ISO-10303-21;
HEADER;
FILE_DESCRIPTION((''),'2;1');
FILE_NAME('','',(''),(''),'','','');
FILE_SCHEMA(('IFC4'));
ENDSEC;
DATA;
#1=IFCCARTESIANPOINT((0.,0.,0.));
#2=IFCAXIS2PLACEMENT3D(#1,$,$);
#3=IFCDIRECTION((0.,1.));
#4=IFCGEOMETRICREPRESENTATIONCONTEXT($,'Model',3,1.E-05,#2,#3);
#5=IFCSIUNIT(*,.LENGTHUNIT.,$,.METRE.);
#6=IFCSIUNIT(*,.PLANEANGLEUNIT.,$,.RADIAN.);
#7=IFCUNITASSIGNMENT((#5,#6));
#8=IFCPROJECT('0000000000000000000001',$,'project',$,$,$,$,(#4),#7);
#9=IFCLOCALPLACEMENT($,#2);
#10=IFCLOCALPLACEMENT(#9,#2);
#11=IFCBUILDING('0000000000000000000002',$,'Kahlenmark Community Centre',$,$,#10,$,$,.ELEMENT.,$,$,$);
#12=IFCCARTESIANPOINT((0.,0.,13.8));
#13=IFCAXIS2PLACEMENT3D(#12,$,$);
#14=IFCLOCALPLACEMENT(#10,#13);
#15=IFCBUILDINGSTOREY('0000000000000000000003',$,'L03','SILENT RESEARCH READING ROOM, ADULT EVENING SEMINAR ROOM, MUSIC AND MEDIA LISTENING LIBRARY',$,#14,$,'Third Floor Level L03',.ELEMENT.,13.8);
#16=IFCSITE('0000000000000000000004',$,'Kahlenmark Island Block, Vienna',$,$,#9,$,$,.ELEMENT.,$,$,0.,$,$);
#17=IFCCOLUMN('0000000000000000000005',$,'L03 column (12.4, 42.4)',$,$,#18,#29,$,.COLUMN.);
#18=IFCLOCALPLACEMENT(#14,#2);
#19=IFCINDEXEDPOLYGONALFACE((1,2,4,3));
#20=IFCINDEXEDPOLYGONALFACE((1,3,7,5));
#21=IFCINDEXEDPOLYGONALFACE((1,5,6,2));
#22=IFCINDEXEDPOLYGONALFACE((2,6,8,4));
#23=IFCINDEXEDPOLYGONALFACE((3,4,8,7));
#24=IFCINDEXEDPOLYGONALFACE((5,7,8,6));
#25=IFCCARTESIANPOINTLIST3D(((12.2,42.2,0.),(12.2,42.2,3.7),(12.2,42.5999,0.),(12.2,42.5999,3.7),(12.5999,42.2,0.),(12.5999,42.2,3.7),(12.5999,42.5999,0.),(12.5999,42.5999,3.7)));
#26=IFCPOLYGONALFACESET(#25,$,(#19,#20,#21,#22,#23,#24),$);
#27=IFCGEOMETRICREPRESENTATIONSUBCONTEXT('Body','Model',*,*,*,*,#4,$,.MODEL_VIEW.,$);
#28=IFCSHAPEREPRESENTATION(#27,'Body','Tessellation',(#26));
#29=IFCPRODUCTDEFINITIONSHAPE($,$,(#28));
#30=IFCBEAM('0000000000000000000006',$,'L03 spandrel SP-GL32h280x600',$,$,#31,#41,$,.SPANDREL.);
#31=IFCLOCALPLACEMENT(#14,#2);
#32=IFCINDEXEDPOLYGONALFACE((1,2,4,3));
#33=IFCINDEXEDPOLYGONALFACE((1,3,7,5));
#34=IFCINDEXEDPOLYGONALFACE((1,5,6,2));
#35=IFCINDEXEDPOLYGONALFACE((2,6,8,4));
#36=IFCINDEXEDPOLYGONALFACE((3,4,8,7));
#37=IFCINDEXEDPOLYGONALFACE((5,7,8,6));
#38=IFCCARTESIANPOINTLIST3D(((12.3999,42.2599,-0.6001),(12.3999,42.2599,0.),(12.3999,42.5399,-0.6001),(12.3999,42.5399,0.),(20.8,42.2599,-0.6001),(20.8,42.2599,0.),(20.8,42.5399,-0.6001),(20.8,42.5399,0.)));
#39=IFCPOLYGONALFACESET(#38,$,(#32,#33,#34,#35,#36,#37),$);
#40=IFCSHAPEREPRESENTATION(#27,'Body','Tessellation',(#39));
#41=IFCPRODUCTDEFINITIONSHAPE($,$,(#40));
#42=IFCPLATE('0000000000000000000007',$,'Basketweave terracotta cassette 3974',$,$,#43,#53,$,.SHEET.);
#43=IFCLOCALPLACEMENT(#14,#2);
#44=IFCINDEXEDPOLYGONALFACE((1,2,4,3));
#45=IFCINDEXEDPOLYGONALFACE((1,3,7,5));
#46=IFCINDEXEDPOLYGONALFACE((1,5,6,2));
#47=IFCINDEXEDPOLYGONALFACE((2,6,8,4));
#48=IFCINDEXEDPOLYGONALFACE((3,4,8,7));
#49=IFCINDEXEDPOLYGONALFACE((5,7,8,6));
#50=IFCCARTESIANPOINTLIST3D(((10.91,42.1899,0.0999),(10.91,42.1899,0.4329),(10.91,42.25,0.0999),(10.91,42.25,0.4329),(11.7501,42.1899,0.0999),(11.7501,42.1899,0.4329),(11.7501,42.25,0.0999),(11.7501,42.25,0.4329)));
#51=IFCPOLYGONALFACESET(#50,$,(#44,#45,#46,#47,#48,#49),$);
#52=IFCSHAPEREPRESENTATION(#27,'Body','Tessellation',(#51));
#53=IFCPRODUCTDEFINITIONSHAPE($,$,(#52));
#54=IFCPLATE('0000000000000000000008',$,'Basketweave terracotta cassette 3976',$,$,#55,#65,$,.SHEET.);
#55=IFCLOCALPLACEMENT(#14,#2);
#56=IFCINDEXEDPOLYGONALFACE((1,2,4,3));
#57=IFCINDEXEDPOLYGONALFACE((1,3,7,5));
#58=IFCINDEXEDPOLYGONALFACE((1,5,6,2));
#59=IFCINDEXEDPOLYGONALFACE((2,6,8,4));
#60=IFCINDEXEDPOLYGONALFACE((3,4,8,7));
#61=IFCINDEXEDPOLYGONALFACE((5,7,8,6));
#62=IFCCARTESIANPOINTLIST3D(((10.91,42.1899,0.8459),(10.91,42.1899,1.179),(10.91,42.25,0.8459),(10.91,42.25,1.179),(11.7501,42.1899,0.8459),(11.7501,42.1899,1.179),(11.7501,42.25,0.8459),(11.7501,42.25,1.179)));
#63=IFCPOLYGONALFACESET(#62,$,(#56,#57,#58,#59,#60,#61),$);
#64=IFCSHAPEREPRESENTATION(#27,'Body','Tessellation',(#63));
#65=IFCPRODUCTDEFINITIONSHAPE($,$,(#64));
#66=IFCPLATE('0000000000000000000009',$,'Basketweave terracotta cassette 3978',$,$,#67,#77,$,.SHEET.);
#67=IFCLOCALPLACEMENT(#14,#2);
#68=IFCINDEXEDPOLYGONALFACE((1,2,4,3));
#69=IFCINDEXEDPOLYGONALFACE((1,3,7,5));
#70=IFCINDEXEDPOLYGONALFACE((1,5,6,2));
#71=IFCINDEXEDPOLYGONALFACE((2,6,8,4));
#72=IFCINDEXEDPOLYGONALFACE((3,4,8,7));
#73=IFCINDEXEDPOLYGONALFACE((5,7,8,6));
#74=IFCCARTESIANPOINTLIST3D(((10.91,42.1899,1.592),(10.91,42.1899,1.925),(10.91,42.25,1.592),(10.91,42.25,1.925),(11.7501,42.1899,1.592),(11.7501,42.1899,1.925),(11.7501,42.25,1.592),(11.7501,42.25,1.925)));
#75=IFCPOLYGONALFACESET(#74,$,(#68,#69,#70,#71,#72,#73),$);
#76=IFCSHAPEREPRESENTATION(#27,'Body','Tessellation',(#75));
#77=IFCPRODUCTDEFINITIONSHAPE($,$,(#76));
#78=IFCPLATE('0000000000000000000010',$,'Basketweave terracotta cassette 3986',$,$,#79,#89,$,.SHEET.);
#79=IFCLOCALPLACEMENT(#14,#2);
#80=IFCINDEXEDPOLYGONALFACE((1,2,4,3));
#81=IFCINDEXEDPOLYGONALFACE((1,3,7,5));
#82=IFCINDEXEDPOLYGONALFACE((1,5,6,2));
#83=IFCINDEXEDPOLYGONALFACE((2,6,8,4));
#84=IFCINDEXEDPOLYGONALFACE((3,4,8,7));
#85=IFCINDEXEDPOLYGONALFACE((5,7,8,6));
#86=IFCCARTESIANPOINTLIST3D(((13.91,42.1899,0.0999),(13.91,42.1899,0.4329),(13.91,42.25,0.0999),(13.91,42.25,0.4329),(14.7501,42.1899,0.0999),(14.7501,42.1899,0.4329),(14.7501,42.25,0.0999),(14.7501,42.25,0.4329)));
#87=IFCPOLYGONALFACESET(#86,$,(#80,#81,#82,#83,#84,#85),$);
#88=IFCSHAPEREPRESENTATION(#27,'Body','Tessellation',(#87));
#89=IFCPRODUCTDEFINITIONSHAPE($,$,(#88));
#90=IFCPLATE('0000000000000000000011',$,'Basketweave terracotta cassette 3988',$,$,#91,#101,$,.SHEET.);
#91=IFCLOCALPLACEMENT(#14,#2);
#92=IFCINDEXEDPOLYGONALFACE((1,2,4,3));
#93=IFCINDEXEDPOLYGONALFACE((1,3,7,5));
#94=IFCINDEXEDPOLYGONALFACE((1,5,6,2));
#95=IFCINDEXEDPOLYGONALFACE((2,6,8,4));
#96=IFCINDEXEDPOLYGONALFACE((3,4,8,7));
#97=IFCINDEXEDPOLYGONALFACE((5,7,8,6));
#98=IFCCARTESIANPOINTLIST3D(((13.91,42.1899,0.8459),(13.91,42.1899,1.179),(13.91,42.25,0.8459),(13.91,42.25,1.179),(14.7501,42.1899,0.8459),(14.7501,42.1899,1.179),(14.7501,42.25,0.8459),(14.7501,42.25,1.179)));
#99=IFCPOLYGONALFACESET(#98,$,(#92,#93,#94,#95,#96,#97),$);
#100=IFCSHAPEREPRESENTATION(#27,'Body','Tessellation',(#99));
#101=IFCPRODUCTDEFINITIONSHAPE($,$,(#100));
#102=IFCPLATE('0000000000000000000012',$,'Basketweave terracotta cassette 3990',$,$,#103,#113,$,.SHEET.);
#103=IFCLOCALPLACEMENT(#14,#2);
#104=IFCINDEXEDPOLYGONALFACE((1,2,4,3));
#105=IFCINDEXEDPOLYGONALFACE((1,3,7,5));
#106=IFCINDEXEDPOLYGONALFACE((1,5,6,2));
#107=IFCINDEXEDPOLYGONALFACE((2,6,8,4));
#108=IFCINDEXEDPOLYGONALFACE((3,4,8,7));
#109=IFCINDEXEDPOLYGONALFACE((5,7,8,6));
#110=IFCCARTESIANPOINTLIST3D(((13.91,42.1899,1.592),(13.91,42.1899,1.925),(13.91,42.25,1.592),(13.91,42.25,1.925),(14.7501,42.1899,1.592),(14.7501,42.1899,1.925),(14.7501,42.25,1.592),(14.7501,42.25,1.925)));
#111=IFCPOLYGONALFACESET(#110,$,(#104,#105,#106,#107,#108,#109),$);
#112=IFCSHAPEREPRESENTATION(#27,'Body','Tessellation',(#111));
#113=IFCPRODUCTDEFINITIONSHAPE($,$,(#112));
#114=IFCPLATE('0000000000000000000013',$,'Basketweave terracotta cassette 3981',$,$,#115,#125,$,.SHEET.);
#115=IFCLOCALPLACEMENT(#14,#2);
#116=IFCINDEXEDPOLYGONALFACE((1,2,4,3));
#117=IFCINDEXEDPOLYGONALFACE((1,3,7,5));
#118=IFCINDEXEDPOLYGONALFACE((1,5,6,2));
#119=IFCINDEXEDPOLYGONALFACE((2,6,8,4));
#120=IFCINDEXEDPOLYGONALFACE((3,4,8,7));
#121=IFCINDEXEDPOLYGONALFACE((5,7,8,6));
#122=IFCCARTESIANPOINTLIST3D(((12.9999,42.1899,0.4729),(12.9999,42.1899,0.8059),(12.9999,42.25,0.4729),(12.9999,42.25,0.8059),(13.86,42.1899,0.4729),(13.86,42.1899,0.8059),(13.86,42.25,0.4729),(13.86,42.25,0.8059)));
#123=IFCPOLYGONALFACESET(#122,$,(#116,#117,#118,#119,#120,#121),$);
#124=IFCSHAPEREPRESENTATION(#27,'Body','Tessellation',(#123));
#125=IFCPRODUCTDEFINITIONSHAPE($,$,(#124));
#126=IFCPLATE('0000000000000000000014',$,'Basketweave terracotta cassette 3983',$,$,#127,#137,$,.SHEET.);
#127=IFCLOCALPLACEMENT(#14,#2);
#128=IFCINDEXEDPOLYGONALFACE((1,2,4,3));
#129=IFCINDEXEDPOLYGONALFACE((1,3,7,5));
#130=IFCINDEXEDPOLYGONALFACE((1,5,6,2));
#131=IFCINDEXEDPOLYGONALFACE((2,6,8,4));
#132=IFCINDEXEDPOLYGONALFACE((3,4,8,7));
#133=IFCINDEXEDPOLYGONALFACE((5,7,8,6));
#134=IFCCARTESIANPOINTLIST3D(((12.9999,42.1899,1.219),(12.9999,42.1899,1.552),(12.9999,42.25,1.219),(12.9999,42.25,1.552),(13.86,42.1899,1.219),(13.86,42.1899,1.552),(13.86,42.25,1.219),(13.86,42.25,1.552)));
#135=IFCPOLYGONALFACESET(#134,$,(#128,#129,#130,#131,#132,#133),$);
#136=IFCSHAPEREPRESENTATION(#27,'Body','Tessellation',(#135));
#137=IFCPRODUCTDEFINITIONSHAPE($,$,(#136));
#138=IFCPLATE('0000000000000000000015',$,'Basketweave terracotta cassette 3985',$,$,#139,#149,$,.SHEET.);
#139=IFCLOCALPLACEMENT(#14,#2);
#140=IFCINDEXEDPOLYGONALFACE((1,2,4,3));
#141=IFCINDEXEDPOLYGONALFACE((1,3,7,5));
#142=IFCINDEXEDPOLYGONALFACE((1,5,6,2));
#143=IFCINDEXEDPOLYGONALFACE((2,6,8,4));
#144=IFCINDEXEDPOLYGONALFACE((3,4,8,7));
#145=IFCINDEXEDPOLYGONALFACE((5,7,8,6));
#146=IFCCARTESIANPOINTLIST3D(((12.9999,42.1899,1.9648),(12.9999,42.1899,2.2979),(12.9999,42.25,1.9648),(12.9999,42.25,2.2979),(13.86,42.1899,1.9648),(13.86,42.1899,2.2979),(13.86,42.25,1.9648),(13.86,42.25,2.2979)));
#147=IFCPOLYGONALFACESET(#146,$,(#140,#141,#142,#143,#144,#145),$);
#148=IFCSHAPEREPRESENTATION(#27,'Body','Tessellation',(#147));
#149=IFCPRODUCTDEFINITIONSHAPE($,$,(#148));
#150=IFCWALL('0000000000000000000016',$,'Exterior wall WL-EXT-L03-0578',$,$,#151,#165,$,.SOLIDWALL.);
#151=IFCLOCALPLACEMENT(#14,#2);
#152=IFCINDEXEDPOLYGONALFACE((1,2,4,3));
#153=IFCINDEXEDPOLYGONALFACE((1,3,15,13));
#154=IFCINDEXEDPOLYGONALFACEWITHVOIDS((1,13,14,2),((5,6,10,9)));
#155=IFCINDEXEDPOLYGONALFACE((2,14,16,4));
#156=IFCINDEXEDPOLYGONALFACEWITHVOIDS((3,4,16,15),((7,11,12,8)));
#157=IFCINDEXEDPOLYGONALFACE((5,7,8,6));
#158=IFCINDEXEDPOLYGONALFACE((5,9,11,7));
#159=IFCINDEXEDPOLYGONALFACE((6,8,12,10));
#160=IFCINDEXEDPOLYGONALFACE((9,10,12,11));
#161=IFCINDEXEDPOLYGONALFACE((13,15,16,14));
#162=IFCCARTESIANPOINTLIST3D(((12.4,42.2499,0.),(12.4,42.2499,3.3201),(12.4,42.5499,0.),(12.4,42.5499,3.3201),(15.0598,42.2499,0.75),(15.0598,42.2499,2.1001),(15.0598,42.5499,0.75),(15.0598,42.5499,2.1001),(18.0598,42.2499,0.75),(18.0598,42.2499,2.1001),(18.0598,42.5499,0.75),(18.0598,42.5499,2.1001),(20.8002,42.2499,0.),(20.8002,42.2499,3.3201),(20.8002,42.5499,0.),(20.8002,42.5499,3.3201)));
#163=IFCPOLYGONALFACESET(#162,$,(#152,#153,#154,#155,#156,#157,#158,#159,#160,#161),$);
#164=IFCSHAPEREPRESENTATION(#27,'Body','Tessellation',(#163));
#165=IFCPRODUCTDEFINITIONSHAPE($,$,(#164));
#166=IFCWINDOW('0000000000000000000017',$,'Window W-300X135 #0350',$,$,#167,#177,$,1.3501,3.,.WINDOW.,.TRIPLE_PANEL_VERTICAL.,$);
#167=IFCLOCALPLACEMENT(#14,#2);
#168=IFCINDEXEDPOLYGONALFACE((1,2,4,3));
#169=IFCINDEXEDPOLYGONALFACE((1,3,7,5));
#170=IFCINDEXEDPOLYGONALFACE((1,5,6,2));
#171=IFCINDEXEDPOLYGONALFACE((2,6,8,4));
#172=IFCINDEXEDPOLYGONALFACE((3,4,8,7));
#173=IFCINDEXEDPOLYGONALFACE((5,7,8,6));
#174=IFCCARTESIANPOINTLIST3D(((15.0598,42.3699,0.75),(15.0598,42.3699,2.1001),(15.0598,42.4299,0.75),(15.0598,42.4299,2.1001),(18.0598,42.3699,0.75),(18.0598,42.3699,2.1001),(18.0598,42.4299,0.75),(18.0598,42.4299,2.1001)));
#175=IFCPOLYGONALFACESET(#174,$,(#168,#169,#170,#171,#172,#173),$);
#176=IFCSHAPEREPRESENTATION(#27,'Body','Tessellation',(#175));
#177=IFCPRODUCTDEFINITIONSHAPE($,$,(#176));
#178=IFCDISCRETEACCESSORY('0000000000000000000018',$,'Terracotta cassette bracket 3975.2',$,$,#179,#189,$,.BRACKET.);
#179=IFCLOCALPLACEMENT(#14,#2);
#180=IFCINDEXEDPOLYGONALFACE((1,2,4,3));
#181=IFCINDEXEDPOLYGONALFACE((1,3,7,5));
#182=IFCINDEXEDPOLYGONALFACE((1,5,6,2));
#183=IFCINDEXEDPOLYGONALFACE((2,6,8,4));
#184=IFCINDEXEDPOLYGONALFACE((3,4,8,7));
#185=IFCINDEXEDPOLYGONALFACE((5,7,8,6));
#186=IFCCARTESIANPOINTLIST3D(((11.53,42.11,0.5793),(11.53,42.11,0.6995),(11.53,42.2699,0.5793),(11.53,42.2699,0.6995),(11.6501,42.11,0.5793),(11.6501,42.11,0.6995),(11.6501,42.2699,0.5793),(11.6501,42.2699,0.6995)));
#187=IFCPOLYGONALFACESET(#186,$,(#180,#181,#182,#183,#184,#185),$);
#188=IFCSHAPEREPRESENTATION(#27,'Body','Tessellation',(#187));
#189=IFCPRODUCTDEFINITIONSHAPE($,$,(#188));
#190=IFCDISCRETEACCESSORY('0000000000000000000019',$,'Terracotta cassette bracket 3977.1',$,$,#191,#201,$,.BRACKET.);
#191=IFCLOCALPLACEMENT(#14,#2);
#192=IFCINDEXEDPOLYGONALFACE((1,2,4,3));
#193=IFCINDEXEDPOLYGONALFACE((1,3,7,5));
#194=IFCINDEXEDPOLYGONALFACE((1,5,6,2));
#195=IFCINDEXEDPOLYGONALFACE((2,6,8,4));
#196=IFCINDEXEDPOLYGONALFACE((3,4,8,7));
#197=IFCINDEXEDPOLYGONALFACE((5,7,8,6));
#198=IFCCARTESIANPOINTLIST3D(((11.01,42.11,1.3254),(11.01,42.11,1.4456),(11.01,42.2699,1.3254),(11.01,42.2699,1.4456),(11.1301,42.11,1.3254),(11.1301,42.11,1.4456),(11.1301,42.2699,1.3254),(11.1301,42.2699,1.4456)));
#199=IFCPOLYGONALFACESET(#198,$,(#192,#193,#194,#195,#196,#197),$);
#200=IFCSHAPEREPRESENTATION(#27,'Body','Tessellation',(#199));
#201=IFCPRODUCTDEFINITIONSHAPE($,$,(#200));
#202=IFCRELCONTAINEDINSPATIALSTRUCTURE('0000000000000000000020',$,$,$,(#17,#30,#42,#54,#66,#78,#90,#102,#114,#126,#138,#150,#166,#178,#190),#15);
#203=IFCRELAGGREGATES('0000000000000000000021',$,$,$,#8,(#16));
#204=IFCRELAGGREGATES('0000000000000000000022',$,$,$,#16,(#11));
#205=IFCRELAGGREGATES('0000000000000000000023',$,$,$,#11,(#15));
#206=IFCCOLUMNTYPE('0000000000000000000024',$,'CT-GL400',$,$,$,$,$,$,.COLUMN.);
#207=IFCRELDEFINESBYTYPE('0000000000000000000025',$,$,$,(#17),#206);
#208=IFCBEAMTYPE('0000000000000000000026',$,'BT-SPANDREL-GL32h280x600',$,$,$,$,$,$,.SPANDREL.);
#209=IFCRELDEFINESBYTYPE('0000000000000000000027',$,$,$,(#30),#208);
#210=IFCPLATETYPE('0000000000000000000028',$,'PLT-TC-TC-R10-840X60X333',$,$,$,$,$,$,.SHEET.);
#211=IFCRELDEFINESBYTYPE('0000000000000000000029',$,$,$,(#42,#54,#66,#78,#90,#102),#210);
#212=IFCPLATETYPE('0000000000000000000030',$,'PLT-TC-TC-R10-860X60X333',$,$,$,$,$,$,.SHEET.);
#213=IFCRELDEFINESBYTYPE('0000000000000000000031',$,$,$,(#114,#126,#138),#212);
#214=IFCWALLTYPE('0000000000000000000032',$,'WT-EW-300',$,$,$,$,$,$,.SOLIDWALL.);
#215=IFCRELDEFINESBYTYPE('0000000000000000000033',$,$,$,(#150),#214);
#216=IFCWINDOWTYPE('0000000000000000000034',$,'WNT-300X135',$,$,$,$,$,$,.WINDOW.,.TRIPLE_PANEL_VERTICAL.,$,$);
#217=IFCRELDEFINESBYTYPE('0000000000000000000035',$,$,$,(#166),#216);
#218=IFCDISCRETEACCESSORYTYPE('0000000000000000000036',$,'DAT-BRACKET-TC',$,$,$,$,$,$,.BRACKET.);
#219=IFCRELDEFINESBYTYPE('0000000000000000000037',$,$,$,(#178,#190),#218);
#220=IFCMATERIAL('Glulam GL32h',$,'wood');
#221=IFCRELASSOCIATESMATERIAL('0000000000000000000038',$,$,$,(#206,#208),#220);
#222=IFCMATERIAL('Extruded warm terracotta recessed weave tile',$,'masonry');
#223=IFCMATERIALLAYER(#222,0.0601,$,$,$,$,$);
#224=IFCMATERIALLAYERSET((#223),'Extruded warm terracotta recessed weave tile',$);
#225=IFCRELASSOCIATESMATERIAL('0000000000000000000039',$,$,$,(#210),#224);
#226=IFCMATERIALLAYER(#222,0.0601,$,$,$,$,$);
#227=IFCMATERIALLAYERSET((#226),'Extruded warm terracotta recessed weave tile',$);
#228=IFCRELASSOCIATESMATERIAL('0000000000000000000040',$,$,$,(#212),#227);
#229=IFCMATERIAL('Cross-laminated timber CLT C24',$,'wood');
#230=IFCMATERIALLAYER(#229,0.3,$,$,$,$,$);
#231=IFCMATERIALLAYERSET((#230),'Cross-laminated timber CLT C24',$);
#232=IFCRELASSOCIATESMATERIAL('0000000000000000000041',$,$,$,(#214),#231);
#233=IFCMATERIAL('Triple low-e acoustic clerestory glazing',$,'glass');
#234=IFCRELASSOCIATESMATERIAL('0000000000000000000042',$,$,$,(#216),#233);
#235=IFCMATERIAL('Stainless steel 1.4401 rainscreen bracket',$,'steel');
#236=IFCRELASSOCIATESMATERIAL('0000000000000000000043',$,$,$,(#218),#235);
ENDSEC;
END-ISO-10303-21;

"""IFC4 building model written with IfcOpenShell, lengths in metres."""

from ifc_helpers import new_model, si_unit, direction, frame, frame_2d, origin, origin_2d, place, context, subcontext, project, spatial, rectangle, extrude, material, layer, layer_set, material_profile, profile_set, type_object, element, fill, save


model = new_model("IFC4")

# Units and contexts
model_context = context("Model", 3, precision=1e-05, world=origin(), true_north=direction((0.0, 1.0)))
body_context = subcontext(model_context, "Body", "Model", "MODEL_VIEW")
ifc_project = project(units=[si_unit("LENGTHUNIT", "METRE"), si_unit("PLANEANGLEUNIT", "RADIAN")], contexts=[model_context])

# Site, building, storey
site_placement = place(None, origin())
site = spatial("IfcSite", under=ifc_project, at=site_placement, Name="Kahlenmark Island Block, Vienna", CompositionType="ELEMENT", RefElevation=0.0)
building_placement = place(site_placement, origin())
building = spatial("IfcBuilding", under=site, at=building_placement, Name="Kahlenmark Community Centre", CompositionType="ELEMENT")
storey_placement = place(building_placement, frame((0.0, 0.0, 13.8)))
storey = spatial("IfcBuildingStorey", under=building, at=storey_placement, Name="L03", Description="SILENT RESEARCH READING ROOM, ADULT EVENING SEMINAR ROOM, MUSIC AND MEDIA LISTENING LIBRARY", LongName="Third Floor Level L03", CompositionType="ELEMENT", Elevation=13.8)

# Column
ifc_material_1 = material(Name="Glulam GL32h", Category="wood")
ifc_material_profile_1 = material_profile(ifc_material_1, rectangle(XDim=0.3999, YDim=0.3999, at=origin_2d()), Name="GL32h 400x400")
ifc_profile_set_1 = profile_set([ifc_material_profile_1], Name="Glulam GL32h")
column_type = type_object("IfcColumnType", Name="CT-GL400", PredefinedType="COLUMN", material=ifc_profile_set_1)
column_placement = place(storey_placement, frame((12.3999, 42.3999, 0.0), z_axis=(0.0, 0.0, 1.0), x_axis=(1.0, 0.0, 0.0)))
element("IfcColumn", 1, at=column_placement, inside=storey, type_object=column_type, Name="L03 column (12.4, 42.4)", PredefinedType="COLUMN", context=body_context, shape_type="SweptSolid", body=[
    extrude(rectangle(XDim=0.3999, YDim=0.3999, at=origin_2d()), origin(), (0.0, 0.0, 1.0), 3.7),
])

# Beam
ifc_material_profile_2 = material_profile(ifc_material_1, rectangle(XDim=0.28, YDim=0.6001, at=origin_2d()), Name="GL32h 280x600")
ifc_profile_set_2 = profile_set([ifc_material_profile_2], Name="Glulam GL32h")
beam_type = type_object("IfcBeamType", Name="BT-SPANDREL-GL32h280x600", PredefinedType="SPANDREL", material=ifc_profile_set_2)
beam_placement = place(storey_placement, frame((12.3999, 42.3999, -0.3), z_axis=(1.0, 0.0, 0.0), x_axis=(0.0, 1.0, 0.0)))
element("IfcBeam", 2, at=beam_placement, inside=storey, type_object=beam_type, Name="L03 spandrel SP-GL32h280x600", PredefinedType="SPANDREL", context=body_context, shape_type="SweptSolid", body=[
    extrude(rectangle(XDim=0.28, YDim=0.6001, at=origin_2d()), origin(), (0.0, 0.0, 1.0), 8.4001),
])

# Plates
ifc_material_2 = material(Name="Extruded warm terracotta recessed weave tile", Category="masonry")
ifc_layer_1 = layer(ifc_material_2, 0.0601)
ifc_layer_set_1 = layer_set([ifc_layer_1], Name="Extruded warm terracotta recessed weave tile")
plate_type_1 = type_object("IfcPlateType", Name="PLT-TC-TC-R10-840X60X333", PredefinedType="SHEET", material=ifc_layer_set_1)
for number, where, z_axis, x_axis, name in (
    (3, (11.3301, 42.22, 0.0999), (0.0, 0.0, 1.0), (1.0, 0.0, 0.0), "Basketweave terracotta cassette 3974"),
    (4, (11.3301, 42.22, 0.8459), (0.0, 0.0, 1.0), (1.0, 0.0, 0.0), "Basketweave terracotta cassette 3976"),
    (5, (11.3301, 42.22, 1.592), (0.0, 0.0, 1.0), (1.0, 0.0, 0.0), "Basketweave terracotta cassette 3978"),
    (6, (14.3301, 42.22, 0.0999), (0.0, 0.0, 1.0), (1.0, 0.0, 0.0), "Basketweave terracotta cassette 3986"),
    (7, (14.3301, 42.22, 0.8459), (0.0, 0.0, 1.0), (1.0, 0.0, 0.0), "Basketweave terracotta cassette 3988"),
    (8, (14.3301, 42.22, 1.592), (0.0, 0.0, 1.0), (1.0, 0.0, 0.0), "Basketweave terracotta cassette 3990"),
):
    element("IfcPlate", number, at=place(storey_placement, frame(where, z_axis=z_axis, x_axis=x_axis)), inside=storey, type_object=plate_type_1, Name=name, PredefinedType="SHEET", context=body_context, shape_type="SweptSolid", body=[
        extrude(rectangle(XDim=0.8401, YDim=0.0601, at=origin_2d()), origin(), (0.0, 0.0, 1.0), 0.333),
    ])
ifc_layer_2 = layer(ifc_material_2, 0.0601)
ifc_layer_set_2 = layer_set([ifc_layer_2], Name="Extruded warm terracotta recessed weave tile")
plate_type_2 = type_object("IfcPlateType", Name="PLT-TC-TC-R10-860X60X333", PredefinedType="SHEET", material=ifc_layer_set_2)
for number, where, z_axis, x_axis, name in (
    (9, (13.4299, 42.22, 0.4729), (0.0, 0.0, 1.0), (1.0, 0.0, 0.0), "Basketweave terracotta cassette 3981"),
    (10, (13.4299, 42.22, 1.219), (0.0, 0.0, 1.0), (1.0, 0.0, 0.0), "Basketweave terracotta cassette 3983"),
    (11, (13.4299, 42.22, 1.9648), (0.0, 0.0, 1.0), (1.0, 0.0, 0.0), "Basketweave terracotta cassette 3985"),
):
    element("IfcPlate", number, at=place(storey_placement, frame(where, z_axis=z_axis, x_axis=x_axis)), inside=storey, type_object=plate_type_2, Name=name, PredefinedType="SHEET", context=body_context, shape_type="SweptSolid", body=[
        extrude(rectangle(XDim=0.8601, YDim=0.0601, at=origin_2d()), origin(), (0.0, 0.0, 1.0), 0.333),
    ])

# Wall, opening, window
ifc_material_3 = material(Name="Cross-laminated timber CLT C24", Category="wood")
ifc_layer_3 = layer(ifc_material_3, 0.3)
ifc_layer_set_3 = layer_set([ifc_layer_3], Name="Cross-laminated timber CLT C24")
wall_type = type_object("IfcWallType", Name="WT-EW-300", PredefinedType="SOLIDWALL", material=ifc_layer_set_3)
wall_placement = place(storey_placement, frame((12.3999, 42.3999, 0.0), z_axis=(0.0, 0.0, 1.0), x_axis=(1.0, 0.0, 0.0)))
wall = element("IfcWall", 12, at=wall_placement, inside=storey, type_object=wall_type, Name="Exterior wall WL-EXT-L03-0578", PredefinedType="SOLIDWALL", context=body_context, shape_type="SweptSolid", body=[
    extrude(rectangle(XDim=8.4001, YDim=0.3, at=frame_2d((4.2002, 0.0))), origin(), (0.0, 0.0, 1.0), 3.3201),
])
opening_placement = place(wall_placement, frame((2.6599, 0.0, 0.75)))
opening = element("IfcOpeningElement", 13, at=opening_placement, cuts=wall, PredefinedType="OPENING", context=body_context, shape_type="SweptSolid", body=[
    extrude(rectangle(XDim=3.0, YDim=1.3501, at=frame_2d((1.5, 0.675))), frame((0.0, 0.1599, 0.0), z_axis=(0.0, -1.0, 0.0), x_axis=(1.0, 0.0, 0.0)), (0.0, 0.0, 1.0), 0.3201),
])
ifc_material_4 = material(Name="Triple low-e acoustic clerestory glazing", Category="glass")
window_type = type_object("IfcWindowType", Name="WNT-300X135", PartitioningType="TRIPLE_PANEL_VERTICAL", PredefinedType="WINDOW", material=ifc_material_4)
window_placement = place(opening_placement, origin())
window = element("IfcWindow", 14, at=window_placement, inside=storey, type_object=window_type, Name="Window W-300X135 #0350", OverallHeight=1.3501, OverallWidth=3.0, PartitioningType="TRIPLE_PANEL_VERTICAL", PredefinedType="WINDOW", context=body_context, shape_type="SweptSolid", body=[
    extrude(rectangle(XDim=3.0, YDim=1.3501, at=frame_2d((1.5, 0.675))), frame((0.0, 0.03, 0.0), z_axis=(0.0, -1.0, 0.0), x_axis=(1.0, 0.0, 0.0)), (0.0, 0.0, 1.0), 0.0601),
])
fill(opening, window)

# Discrete accessories
ifc_material_5 = material(Name="Stainless steel 1.4401 rainscreen bracket", Category="steel")
discrete_accessory_type = type_object("IfcDiscreteAccessoryType", Name="DAT-BRACKET-TC", PredefinedType="BRACKET", material=ifc_material_5)
for number, where, z_axis, x_axis, name in (
    (15, (11.5901, 42.1899, 0.5793), (0.0, 0.0, 1.0), (1.0, 0.0, 0.0), "Terracotta cassette bracket 3975.2"),
    (16, (11.0701, 42.1899, 1.3254), (0.0, 0.0, 1.0), (1.0, 0.0, 0.0), "Terracotta cassette bracket 3977.1"),
):
    element("IfcDiscreteAccessory", number, at=place(storey_placement, frame(where, z_axis=z_axis, x_axis=x_axis)), inside=storey, type_object=discrete_accessory_type, Name=name, PredefinedType="BRACKET", context=body_context, shape_type="SweptSolid", body=[
        extrude(rectangle(XDim=0.1201, YDim=0.1599, at=origin_2d()), origin(), (0.0, 0.0, 1.0), 0.1201),
    ])

save(model, "model.ifc")
